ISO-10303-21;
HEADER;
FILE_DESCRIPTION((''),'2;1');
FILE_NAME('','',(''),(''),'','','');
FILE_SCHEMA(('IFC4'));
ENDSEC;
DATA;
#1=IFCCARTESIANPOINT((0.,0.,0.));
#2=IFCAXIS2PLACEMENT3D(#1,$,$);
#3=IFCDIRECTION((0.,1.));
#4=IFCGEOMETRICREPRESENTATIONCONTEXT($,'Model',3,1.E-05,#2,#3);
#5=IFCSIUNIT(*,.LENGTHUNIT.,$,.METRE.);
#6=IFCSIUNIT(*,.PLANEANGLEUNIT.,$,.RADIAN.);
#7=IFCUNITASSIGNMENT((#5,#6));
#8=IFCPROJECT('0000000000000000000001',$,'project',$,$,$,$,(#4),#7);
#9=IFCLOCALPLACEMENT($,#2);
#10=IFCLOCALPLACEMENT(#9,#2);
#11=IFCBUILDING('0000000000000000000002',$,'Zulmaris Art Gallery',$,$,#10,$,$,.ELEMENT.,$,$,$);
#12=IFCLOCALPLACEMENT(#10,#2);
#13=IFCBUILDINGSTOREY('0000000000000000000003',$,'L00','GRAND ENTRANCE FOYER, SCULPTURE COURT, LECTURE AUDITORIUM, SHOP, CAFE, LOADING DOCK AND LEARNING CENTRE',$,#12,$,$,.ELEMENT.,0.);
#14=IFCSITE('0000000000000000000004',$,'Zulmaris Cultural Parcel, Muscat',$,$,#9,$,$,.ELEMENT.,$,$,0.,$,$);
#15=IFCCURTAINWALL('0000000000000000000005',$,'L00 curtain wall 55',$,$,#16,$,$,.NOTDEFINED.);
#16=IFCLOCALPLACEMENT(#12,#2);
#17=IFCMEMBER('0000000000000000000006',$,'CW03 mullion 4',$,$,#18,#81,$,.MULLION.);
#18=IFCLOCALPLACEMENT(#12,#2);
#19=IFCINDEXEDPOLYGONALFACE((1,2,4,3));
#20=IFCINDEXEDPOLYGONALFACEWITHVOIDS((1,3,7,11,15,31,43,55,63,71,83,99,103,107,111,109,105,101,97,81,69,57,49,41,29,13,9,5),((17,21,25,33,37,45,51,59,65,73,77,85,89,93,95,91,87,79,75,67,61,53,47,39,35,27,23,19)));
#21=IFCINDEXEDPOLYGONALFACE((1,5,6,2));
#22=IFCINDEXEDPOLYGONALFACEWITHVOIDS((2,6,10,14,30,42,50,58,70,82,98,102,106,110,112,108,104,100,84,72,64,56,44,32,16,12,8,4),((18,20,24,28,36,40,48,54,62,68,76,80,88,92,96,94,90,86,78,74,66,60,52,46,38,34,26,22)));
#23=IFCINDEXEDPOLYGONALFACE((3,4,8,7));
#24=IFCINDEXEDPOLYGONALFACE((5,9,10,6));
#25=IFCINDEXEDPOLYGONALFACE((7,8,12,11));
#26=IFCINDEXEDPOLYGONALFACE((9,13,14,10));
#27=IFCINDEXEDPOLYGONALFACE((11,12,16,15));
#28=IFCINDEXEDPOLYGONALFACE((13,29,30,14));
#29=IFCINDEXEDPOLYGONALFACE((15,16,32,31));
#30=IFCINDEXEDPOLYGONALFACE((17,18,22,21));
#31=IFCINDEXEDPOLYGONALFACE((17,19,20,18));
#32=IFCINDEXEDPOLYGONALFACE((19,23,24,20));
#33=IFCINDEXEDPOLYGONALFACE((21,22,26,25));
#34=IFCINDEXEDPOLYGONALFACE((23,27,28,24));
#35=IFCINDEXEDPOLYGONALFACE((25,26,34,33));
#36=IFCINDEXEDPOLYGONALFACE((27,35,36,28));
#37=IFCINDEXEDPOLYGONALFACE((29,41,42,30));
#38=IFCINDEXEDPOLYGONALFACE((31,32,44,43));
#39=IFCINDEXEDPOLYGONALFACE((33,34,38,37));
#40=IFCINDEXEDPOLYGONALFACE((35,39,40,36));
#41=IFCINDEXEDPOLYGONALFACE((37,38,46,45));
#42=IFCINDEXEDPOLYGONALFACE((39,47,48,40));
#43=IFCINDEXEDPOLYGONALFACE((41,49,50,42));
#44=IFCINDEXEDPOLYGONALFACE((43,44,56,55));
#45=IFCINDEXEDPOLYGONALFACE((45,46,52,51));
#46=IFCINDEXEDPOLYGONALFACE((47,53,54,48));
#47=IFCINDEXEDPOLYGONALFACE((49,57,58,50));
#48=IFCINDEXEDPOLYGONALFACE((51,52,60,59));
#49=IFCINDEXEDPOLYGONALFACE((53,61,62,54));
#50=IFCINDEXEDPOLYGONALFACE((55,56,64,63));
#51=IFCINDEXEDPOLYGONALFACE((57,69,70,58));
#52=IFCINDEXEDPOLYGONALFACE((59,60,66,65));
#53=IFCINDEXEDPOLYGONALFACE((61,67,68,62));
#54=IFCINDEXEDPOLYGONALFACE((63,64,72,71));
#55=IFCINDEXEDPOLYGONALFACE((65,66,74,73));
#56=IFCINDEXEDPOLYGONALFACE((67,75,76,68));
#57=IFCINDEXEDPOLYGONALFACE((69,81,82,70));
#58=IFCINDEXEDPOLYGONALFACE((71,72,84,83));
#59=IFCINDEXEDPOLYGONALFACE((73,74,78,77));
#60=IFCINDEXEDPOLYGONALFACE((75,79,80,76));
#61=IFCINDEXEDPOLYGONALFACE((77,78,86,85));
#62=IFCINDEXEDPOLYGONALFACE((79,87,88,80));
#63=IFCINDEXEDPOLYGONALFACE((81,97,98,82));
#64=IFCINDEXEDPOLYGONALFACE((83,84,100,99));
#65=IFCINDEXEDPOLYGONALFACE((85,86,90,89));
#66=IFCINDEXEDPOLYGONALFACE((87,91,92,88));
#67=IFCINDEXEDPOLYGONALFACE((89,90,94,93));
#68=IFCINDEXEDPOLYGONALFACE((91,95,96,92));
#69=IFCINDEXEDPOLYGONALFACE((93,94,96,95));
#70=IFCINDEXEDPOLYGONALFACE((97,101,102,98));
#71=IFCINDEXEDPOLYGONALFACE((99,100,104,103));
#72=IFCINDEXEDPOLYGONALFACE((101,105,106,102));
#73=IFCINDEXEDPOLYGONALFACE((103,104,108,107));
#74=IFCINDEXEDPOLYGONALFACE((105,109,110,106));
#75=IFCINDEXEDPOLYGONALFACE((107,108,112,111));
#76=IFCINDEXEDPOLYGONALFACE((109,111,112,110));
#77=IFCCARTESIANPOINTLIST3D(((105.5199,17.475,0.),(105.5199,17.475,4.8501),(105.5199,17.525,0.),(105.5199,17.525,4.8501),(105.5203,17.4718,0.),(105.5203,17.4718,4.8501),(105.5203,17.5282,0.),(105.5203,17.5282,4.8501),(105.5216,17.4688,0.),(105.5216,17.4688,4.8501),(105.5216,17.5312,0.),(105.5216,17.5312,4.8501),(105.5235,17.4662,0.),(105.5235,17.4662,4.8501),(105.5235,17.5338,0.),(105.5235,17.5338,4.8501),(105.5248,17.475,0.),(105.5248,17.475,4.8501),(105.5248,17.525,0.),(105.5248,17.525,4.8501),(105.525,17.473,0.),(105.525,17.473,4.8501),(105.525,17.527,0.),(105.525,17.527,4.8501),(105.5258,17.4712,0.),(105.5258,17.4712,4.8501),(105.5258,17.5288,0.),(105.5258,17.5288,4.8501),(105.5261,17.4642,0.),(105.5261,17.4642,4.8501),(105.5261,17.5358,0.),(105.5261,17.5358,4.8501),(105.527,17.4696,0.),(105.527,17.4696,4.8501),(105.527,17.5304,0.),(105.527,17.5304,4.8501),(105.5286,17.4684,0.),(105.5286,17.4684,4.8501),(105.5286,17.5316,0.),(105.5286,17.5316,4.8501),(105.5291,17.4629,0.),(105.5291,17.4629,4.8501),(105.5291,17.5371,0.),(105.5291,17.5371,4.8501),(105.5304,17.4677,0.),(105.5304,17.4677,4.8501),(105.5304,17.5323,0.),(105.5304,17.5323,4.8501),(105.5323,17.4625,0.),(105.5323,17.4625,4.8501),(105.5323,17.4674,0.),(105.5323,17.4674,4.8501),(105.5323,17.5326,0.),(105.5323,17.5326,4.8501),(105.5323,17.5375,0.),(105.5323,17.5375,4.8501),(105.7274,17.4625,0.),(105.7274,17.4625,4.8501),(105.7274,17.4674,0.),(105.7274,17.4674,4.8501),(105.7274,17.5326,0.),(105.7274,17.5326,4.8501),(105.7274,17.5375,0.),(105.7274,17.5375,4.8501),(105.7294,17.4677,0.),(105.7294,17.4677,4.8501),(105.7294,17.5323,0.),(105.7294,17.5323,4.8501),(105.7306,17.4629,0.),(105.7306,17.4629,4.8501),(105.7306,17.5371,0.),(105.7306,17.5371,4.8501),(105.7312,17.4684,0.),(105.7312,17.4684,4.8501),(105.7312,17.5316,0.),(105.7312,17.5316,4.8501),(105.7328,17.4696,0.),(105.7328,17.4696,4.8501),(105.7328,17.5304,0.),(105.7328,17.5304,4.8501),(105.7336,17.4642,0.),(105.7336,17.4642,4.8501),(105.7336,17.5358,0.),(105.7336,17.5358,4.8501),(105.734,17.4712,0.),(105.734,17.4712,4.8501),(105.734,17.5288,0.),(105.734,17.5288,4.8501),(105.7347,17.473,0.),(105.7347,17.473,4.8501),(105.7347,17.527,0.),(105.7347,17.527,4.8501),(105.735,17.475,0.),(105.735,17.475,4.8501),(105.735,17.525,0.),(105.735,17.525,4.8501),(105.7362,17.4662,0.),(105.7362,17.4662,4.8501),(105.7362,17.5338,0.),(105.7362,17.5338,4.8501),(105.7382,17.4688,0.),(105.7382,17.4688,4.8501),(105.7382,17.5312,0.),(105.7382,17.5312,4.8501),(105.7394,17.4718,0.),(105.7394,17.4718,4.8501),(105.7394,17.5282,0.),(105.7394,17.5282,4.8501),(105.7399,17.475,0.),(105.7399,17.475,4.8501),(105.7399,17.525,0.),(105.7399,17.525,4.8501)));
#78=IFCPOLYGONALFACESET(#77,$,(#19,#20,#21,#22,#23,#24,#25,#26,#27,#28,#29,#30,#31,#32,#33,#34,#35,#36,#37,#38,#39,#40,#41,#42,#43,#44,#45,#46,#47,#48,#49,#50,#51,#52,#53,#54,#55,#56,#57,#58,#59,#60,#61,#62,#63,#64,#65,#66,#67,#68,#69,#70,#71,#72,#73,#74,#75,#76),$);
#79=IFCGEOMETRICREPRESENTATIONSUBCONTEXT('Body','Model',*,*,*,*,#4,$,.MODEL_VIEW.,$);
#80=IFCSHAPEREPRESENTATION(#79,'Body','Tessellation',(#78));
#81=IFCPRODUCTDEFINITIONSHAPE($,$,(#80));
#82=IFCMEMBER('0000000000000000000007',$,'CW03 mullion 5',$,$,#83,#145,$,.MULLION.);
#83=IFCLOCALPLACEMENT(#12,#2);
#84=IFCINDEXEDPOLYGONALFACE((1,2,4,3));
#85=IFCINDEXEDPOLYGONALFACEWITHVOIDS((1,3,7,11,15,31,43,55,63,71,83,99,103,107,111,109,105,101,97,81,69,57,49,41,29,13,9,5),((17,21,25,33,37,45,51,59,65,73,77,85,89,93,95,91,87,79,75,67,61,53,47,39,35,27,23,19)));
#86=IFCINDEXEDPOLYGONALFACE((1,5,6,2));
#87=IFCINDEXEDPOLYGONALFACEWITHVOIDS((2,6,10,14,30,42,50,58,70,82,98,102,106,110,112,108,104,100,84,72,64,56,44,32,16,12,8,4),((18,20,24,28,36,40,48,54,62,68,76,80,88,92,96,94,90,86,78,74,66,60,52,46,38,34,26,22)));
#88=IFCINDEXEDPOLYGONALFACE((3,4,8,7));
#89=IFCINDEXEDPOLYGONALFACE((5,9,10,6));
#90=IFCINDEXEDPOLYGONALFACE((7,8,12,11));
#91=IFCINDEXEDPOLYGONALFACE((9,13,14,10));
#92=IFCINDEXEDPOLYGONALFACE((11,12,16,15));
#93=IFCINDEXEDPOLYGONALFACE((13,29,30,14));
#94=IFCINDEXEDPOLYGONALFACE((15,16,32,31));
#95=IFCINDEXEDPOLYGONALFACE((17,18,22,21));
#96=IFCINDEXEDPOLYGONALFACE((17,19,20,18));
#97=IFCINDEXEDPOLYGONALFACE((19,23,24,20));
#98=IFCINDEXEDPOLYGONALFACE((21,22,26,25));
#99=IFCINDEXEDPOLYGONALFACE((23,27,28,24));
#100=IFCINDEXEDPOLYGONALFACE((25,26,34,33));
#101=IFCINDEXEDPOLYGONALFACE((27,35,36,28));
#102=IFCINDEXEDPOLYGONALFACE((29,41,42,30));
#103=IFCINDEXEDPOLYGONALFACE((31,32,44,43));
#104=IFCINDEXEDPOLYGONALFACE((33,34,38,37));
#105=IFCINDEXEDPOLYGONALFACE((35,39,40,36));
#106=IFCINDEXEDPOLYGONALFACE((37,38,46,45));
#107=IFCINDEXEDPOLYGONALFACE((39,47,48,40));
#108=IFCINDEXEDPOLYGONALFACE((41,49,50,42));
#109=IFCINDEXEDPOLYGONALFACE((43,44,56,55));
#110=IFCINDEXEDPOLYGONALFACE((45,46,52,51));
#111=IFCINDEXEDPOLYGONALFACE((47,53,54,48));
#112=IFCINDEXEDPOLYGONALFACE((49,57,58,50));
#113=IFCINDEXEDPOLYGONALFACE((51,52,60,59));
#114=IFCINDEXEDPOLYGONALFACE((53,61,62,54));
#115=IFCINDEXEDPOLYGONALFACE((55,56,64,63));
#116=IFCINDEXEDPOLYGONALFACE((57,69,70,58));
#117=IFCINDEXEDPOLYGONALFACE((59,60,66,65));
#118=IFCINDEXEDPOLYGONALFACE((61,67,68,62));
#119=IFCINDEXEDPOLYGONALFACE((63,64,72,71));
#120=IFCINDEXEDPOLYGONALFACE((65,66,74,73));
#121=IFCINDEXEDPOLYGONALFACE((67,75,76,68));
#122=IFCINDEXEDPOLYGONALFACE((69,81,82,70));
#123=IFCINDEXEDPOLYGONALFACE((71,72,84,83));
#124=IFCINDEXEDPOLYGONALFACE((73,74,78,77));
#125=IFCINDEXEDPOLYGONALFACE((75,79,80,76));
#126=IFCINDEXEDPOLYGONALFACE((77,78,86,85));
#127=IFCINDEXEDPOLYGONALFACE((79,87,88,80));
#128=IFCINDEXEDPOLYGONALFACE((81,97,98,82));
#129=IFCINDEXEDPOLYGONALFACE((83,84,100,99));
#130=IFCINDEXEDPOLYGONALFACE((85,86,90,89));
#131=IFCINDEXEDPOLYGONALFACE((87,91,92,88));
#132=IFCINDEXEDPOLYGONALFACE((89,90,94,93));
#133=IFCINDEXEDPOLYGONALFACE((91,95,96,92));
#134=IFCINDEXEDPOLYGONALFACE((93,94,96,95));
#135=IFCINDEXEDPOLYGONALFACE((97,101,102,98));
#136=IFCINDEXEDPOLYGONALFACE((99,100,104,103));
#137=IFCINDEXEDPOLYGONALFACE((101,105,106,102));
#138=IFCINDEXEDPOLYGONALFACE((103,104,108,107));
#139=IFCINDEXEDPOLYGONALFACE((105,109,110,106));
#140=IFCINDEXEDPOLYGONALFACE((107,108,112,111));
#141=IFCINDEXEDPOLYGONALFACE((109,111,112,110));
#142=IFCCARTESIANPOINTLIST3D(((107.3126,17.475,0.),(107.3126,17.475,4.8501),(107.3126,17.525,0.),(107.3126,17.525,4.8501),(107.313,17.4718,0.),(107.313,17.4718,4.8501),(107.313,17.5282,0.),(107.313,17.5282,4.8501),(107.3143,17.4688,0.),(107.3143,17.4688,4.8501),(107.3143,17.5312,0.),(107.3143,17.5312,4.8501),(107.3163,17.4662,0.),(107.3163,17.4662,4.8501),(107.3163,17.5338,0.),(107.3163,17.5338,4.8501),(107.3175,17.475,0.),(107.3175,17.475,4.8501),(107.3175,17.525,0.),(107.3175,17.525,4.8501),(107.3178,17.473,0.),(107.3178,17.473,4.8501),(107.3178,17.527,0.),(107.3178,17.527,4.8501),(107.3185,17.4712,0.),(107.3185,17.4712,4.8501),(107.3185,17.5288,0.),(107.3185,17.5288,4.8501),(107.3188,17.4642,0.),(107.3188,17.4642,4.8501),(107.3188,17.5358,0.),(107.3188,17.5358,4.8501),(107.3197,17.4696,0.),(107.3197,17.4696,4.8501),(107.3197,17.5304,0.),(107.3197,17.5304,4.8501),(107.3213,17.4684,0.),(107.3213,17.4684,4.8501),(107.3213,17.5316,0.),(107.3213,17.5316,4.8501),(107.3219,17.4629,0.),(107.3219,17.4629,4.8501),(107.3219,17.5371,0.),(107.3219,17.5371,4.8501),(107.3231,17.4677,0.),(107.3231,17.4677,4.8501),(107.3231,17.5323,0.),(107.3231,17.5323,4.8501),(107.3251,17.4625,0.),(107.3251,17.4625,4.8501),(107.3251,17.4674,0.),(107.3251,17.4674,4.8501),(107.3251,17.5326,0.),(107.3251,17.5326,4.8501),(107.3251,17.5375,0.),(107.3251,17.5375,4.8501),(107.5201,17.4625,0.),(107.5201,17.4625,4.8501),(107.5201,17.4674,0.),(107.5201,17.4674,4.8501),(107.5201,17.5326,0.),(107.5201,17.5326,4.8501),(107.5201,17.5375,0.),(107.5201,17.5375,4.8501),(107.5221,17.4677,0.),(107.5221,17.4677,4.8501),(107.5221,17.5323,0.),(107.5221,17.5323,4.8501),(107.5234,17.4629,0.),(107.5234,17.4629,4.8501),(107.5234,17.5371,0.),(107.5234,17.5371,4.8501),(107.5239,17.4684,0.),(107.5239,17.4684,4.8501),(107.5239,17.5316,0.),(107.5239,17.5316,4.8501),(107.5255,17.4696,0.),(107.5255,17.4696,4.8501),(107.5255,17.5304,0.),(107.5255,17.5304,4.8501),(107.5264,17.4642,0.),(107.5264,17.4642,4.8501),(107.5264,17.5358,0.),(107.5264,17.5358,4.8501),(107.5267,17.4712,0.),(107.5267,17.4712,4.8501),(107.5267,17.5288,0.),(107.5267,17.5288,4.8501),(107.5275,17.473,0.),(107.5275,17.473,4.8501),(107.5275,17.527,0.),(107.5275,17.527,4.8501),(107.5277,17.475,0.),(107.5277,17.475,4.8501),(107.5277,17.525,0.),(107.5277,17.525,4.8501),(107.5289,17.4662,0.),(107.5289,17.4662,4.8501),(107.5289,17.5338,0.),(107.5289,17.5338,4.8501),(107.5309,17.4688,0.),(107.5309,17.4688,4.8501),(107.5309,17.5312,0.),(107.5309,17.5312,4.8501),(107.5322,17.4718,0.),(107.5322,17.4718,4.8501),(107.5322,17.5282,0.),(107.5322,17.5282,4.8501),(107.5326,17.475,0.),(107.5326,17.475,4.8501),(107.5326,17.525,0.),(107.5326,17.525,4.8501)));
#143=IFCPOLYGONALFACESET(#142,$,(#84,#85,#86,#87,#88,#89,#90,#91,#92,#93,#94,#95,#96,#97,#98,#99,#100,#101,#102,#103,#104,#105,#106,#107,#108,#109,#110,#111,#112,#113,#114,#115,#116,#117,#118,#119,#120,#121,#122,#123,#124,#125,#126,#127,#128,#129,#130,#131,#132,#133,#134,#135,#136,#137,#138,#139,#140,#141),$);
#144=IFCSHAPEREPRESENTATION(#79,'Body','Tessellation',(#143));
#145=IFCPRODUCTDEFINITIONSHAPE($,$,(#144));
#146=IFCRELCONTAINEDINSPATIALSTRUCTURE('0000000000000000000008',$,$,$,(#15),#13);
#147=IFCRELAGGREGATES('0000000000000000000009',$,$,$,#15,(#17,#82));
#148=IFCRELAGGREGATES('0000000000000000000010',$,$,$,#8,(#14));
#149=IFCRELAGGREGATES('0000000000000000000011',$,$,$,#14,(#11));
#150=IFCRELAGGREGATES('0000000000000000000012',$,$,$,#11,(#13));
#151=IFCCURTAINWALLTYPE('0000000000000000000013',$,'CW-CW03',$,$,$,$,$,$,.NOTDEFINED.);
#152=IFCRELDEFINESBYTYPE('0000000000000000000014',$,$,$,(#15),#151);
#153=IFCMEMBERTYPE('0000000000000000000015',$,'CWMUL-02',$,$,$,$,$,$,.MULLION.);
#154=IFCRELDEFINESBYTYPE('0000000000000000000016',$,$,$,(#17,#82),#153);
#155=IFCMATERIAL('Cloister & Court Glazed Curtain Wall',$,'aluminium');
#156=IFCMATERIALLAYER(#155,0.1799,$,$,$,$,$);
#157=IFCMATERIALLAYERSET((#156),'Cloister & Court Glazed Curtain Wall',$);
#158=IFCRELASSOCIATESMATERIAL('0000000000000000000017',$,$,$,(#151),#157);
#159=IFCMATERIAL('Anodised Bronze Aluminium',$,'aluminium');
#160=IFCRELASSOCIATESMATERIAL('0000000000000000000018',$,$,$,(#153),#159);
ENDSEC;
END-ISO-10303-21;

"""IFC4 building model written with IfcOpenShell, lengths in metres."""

from ifc_helpers import new_model, si_unit, direction, frame, origin, origin_2d, place, context, subcontext, project, spatial, hollow_rectangle, extrude, material, layer, layer_set, material_profile, profile_set, type_object, element, aggregate, save


model = new_model("IFC4")

# Units and contexts
model_context = context("Model", 3, precision=1e-05, world=origin(), true_north=direction((0.0, 1.0)))
body_context = subcontext(model_context, "Body", "Model", "MODEL_VIEW")
ifc_project = project(units=[si_unit("LENGTHUNIT", "METRE"), si_unit("PLANEANGLEUNIT", "RADIAN")], contexts=[model_context])

# Site, building, storey
site_placement = place(None, origin())
site = spatial("IfcSite", under=ifc_project, at=site_placement, Name="Zulmaris Cultural Parcel, Muscat", CompositionType="ELEMENT", RefElevation=0.0)
building_placement = place(site_placement, origin())
building = spatial("IfcBuilding", under=site, at=building_placement, Name="Zulmaris Art Gallery", CompositionType="ELEMENT")
storey_placement = place(building_placement, origin())
storey = spatial("IfcBuildingStorey", under=building, at=storey_placement, Name="L00", Description="GRAND ENTRANCE FOYER, SCULPTURE COURT, LECTURE AUDITORIUM, SHOP, CAFE, LOADING DOCK AND LEARNING CENTRE", CompositionType="ELEMENT", Elevation=0.0)

# Curtain wall, members
ifc_material_1 = material(Name="Cloister & Court Glazed Curtain Wall", Category="aluminium")
ifc_layer_1 = layer(ifc_material_1, 0.1799)
ifc_layer_set_1 = layer_set([ifc_layer_1], Name="Cloister & Court Glazed Curtain Wall")
curtain_wall_type = type_object("IfcCurtainWallType", Name="CW-CW03", PredefinedType="NOTDEFINED", material=ifc_layer_set_1)
curtain_wall_placement = place(storey_placement, origin())
curtain_wall = element("IfcCurtainWall", 1, at=curtain_wall_placement, inside=storey, type_object=curtain_wall_type, Name="L00 curtain wall 55", PredefinedType="NOTDEFINED")
ifc_material_2 = material(Name="Anodised Bronze Aluminium", Category="aluminium")
ifc_material_profile_1 = material_profile(ifc_material_2, hollow_rectangle(XDim=0.075, YDim=0.22, WallThickness=0.0049, InnerFilletRadius=0.0076, OuterFilletRadius=0.0125, at=origin_2d()), Name="ALU 75x220x5")
ifc_profile_set_1 = profile_set([ifc_material_profile_1], Name="Anodised Bronze Aluminium")
member_type_1 = type_object("IfcMemberType", Name="CWMUL-02", PredefinedType="MULLION", material=ifc_profile_set_1)
member_1_placement = place(storey_placement, frame((105.6299, 17.5, 0.0), z_axis=(0.0, 0.0, 1.0), x_axis=(0.0, 1.0, 0.0)))
member_1 = element("IfcMember", 2, at=member_1_placement, type_object=member_type_1, Name="CW03 mullion 4", PredefinedType="MULLION", context=body_context, shape_type="SweptSolid", body=[
    extrude(hollow_rectangle(XDim=0.075, YDim=0.22, WallThickness=0.0049, InnerFilletRadius=0.0076, OuterFilletRadius=0.0125, at=origin_2d()), origin(), (0.0, 0.0, 1.0), 4.8501),
])
member_2_placement = place(storey_placement, frame((107.4226, 17.5, 0.0), z_axis=(0.0, 0.0, 1.0), x_axis=(0.0, 1.0, 0.0)))
member_2 = element("IfcMember", 3, at=member_2_placement, type_object=member_type_1, Name="CW03 mullion 5", PredefinedType="MULLION", context=body_context, shape_type="SweptSolid", body=[
    extrude(hollow_rectangle(XDim=0.075, YDim=0.22, WallThickness=0.0049, InnerFilletRadius=0.0076, OuterFilletRadius=0.0125, at=origin_2d()), origin(), (0.0, 0.0, 1.0), 4.8501),
])
aggregate(curtain_wall, [member_1, member_2])

save(model, "model.ifc")
